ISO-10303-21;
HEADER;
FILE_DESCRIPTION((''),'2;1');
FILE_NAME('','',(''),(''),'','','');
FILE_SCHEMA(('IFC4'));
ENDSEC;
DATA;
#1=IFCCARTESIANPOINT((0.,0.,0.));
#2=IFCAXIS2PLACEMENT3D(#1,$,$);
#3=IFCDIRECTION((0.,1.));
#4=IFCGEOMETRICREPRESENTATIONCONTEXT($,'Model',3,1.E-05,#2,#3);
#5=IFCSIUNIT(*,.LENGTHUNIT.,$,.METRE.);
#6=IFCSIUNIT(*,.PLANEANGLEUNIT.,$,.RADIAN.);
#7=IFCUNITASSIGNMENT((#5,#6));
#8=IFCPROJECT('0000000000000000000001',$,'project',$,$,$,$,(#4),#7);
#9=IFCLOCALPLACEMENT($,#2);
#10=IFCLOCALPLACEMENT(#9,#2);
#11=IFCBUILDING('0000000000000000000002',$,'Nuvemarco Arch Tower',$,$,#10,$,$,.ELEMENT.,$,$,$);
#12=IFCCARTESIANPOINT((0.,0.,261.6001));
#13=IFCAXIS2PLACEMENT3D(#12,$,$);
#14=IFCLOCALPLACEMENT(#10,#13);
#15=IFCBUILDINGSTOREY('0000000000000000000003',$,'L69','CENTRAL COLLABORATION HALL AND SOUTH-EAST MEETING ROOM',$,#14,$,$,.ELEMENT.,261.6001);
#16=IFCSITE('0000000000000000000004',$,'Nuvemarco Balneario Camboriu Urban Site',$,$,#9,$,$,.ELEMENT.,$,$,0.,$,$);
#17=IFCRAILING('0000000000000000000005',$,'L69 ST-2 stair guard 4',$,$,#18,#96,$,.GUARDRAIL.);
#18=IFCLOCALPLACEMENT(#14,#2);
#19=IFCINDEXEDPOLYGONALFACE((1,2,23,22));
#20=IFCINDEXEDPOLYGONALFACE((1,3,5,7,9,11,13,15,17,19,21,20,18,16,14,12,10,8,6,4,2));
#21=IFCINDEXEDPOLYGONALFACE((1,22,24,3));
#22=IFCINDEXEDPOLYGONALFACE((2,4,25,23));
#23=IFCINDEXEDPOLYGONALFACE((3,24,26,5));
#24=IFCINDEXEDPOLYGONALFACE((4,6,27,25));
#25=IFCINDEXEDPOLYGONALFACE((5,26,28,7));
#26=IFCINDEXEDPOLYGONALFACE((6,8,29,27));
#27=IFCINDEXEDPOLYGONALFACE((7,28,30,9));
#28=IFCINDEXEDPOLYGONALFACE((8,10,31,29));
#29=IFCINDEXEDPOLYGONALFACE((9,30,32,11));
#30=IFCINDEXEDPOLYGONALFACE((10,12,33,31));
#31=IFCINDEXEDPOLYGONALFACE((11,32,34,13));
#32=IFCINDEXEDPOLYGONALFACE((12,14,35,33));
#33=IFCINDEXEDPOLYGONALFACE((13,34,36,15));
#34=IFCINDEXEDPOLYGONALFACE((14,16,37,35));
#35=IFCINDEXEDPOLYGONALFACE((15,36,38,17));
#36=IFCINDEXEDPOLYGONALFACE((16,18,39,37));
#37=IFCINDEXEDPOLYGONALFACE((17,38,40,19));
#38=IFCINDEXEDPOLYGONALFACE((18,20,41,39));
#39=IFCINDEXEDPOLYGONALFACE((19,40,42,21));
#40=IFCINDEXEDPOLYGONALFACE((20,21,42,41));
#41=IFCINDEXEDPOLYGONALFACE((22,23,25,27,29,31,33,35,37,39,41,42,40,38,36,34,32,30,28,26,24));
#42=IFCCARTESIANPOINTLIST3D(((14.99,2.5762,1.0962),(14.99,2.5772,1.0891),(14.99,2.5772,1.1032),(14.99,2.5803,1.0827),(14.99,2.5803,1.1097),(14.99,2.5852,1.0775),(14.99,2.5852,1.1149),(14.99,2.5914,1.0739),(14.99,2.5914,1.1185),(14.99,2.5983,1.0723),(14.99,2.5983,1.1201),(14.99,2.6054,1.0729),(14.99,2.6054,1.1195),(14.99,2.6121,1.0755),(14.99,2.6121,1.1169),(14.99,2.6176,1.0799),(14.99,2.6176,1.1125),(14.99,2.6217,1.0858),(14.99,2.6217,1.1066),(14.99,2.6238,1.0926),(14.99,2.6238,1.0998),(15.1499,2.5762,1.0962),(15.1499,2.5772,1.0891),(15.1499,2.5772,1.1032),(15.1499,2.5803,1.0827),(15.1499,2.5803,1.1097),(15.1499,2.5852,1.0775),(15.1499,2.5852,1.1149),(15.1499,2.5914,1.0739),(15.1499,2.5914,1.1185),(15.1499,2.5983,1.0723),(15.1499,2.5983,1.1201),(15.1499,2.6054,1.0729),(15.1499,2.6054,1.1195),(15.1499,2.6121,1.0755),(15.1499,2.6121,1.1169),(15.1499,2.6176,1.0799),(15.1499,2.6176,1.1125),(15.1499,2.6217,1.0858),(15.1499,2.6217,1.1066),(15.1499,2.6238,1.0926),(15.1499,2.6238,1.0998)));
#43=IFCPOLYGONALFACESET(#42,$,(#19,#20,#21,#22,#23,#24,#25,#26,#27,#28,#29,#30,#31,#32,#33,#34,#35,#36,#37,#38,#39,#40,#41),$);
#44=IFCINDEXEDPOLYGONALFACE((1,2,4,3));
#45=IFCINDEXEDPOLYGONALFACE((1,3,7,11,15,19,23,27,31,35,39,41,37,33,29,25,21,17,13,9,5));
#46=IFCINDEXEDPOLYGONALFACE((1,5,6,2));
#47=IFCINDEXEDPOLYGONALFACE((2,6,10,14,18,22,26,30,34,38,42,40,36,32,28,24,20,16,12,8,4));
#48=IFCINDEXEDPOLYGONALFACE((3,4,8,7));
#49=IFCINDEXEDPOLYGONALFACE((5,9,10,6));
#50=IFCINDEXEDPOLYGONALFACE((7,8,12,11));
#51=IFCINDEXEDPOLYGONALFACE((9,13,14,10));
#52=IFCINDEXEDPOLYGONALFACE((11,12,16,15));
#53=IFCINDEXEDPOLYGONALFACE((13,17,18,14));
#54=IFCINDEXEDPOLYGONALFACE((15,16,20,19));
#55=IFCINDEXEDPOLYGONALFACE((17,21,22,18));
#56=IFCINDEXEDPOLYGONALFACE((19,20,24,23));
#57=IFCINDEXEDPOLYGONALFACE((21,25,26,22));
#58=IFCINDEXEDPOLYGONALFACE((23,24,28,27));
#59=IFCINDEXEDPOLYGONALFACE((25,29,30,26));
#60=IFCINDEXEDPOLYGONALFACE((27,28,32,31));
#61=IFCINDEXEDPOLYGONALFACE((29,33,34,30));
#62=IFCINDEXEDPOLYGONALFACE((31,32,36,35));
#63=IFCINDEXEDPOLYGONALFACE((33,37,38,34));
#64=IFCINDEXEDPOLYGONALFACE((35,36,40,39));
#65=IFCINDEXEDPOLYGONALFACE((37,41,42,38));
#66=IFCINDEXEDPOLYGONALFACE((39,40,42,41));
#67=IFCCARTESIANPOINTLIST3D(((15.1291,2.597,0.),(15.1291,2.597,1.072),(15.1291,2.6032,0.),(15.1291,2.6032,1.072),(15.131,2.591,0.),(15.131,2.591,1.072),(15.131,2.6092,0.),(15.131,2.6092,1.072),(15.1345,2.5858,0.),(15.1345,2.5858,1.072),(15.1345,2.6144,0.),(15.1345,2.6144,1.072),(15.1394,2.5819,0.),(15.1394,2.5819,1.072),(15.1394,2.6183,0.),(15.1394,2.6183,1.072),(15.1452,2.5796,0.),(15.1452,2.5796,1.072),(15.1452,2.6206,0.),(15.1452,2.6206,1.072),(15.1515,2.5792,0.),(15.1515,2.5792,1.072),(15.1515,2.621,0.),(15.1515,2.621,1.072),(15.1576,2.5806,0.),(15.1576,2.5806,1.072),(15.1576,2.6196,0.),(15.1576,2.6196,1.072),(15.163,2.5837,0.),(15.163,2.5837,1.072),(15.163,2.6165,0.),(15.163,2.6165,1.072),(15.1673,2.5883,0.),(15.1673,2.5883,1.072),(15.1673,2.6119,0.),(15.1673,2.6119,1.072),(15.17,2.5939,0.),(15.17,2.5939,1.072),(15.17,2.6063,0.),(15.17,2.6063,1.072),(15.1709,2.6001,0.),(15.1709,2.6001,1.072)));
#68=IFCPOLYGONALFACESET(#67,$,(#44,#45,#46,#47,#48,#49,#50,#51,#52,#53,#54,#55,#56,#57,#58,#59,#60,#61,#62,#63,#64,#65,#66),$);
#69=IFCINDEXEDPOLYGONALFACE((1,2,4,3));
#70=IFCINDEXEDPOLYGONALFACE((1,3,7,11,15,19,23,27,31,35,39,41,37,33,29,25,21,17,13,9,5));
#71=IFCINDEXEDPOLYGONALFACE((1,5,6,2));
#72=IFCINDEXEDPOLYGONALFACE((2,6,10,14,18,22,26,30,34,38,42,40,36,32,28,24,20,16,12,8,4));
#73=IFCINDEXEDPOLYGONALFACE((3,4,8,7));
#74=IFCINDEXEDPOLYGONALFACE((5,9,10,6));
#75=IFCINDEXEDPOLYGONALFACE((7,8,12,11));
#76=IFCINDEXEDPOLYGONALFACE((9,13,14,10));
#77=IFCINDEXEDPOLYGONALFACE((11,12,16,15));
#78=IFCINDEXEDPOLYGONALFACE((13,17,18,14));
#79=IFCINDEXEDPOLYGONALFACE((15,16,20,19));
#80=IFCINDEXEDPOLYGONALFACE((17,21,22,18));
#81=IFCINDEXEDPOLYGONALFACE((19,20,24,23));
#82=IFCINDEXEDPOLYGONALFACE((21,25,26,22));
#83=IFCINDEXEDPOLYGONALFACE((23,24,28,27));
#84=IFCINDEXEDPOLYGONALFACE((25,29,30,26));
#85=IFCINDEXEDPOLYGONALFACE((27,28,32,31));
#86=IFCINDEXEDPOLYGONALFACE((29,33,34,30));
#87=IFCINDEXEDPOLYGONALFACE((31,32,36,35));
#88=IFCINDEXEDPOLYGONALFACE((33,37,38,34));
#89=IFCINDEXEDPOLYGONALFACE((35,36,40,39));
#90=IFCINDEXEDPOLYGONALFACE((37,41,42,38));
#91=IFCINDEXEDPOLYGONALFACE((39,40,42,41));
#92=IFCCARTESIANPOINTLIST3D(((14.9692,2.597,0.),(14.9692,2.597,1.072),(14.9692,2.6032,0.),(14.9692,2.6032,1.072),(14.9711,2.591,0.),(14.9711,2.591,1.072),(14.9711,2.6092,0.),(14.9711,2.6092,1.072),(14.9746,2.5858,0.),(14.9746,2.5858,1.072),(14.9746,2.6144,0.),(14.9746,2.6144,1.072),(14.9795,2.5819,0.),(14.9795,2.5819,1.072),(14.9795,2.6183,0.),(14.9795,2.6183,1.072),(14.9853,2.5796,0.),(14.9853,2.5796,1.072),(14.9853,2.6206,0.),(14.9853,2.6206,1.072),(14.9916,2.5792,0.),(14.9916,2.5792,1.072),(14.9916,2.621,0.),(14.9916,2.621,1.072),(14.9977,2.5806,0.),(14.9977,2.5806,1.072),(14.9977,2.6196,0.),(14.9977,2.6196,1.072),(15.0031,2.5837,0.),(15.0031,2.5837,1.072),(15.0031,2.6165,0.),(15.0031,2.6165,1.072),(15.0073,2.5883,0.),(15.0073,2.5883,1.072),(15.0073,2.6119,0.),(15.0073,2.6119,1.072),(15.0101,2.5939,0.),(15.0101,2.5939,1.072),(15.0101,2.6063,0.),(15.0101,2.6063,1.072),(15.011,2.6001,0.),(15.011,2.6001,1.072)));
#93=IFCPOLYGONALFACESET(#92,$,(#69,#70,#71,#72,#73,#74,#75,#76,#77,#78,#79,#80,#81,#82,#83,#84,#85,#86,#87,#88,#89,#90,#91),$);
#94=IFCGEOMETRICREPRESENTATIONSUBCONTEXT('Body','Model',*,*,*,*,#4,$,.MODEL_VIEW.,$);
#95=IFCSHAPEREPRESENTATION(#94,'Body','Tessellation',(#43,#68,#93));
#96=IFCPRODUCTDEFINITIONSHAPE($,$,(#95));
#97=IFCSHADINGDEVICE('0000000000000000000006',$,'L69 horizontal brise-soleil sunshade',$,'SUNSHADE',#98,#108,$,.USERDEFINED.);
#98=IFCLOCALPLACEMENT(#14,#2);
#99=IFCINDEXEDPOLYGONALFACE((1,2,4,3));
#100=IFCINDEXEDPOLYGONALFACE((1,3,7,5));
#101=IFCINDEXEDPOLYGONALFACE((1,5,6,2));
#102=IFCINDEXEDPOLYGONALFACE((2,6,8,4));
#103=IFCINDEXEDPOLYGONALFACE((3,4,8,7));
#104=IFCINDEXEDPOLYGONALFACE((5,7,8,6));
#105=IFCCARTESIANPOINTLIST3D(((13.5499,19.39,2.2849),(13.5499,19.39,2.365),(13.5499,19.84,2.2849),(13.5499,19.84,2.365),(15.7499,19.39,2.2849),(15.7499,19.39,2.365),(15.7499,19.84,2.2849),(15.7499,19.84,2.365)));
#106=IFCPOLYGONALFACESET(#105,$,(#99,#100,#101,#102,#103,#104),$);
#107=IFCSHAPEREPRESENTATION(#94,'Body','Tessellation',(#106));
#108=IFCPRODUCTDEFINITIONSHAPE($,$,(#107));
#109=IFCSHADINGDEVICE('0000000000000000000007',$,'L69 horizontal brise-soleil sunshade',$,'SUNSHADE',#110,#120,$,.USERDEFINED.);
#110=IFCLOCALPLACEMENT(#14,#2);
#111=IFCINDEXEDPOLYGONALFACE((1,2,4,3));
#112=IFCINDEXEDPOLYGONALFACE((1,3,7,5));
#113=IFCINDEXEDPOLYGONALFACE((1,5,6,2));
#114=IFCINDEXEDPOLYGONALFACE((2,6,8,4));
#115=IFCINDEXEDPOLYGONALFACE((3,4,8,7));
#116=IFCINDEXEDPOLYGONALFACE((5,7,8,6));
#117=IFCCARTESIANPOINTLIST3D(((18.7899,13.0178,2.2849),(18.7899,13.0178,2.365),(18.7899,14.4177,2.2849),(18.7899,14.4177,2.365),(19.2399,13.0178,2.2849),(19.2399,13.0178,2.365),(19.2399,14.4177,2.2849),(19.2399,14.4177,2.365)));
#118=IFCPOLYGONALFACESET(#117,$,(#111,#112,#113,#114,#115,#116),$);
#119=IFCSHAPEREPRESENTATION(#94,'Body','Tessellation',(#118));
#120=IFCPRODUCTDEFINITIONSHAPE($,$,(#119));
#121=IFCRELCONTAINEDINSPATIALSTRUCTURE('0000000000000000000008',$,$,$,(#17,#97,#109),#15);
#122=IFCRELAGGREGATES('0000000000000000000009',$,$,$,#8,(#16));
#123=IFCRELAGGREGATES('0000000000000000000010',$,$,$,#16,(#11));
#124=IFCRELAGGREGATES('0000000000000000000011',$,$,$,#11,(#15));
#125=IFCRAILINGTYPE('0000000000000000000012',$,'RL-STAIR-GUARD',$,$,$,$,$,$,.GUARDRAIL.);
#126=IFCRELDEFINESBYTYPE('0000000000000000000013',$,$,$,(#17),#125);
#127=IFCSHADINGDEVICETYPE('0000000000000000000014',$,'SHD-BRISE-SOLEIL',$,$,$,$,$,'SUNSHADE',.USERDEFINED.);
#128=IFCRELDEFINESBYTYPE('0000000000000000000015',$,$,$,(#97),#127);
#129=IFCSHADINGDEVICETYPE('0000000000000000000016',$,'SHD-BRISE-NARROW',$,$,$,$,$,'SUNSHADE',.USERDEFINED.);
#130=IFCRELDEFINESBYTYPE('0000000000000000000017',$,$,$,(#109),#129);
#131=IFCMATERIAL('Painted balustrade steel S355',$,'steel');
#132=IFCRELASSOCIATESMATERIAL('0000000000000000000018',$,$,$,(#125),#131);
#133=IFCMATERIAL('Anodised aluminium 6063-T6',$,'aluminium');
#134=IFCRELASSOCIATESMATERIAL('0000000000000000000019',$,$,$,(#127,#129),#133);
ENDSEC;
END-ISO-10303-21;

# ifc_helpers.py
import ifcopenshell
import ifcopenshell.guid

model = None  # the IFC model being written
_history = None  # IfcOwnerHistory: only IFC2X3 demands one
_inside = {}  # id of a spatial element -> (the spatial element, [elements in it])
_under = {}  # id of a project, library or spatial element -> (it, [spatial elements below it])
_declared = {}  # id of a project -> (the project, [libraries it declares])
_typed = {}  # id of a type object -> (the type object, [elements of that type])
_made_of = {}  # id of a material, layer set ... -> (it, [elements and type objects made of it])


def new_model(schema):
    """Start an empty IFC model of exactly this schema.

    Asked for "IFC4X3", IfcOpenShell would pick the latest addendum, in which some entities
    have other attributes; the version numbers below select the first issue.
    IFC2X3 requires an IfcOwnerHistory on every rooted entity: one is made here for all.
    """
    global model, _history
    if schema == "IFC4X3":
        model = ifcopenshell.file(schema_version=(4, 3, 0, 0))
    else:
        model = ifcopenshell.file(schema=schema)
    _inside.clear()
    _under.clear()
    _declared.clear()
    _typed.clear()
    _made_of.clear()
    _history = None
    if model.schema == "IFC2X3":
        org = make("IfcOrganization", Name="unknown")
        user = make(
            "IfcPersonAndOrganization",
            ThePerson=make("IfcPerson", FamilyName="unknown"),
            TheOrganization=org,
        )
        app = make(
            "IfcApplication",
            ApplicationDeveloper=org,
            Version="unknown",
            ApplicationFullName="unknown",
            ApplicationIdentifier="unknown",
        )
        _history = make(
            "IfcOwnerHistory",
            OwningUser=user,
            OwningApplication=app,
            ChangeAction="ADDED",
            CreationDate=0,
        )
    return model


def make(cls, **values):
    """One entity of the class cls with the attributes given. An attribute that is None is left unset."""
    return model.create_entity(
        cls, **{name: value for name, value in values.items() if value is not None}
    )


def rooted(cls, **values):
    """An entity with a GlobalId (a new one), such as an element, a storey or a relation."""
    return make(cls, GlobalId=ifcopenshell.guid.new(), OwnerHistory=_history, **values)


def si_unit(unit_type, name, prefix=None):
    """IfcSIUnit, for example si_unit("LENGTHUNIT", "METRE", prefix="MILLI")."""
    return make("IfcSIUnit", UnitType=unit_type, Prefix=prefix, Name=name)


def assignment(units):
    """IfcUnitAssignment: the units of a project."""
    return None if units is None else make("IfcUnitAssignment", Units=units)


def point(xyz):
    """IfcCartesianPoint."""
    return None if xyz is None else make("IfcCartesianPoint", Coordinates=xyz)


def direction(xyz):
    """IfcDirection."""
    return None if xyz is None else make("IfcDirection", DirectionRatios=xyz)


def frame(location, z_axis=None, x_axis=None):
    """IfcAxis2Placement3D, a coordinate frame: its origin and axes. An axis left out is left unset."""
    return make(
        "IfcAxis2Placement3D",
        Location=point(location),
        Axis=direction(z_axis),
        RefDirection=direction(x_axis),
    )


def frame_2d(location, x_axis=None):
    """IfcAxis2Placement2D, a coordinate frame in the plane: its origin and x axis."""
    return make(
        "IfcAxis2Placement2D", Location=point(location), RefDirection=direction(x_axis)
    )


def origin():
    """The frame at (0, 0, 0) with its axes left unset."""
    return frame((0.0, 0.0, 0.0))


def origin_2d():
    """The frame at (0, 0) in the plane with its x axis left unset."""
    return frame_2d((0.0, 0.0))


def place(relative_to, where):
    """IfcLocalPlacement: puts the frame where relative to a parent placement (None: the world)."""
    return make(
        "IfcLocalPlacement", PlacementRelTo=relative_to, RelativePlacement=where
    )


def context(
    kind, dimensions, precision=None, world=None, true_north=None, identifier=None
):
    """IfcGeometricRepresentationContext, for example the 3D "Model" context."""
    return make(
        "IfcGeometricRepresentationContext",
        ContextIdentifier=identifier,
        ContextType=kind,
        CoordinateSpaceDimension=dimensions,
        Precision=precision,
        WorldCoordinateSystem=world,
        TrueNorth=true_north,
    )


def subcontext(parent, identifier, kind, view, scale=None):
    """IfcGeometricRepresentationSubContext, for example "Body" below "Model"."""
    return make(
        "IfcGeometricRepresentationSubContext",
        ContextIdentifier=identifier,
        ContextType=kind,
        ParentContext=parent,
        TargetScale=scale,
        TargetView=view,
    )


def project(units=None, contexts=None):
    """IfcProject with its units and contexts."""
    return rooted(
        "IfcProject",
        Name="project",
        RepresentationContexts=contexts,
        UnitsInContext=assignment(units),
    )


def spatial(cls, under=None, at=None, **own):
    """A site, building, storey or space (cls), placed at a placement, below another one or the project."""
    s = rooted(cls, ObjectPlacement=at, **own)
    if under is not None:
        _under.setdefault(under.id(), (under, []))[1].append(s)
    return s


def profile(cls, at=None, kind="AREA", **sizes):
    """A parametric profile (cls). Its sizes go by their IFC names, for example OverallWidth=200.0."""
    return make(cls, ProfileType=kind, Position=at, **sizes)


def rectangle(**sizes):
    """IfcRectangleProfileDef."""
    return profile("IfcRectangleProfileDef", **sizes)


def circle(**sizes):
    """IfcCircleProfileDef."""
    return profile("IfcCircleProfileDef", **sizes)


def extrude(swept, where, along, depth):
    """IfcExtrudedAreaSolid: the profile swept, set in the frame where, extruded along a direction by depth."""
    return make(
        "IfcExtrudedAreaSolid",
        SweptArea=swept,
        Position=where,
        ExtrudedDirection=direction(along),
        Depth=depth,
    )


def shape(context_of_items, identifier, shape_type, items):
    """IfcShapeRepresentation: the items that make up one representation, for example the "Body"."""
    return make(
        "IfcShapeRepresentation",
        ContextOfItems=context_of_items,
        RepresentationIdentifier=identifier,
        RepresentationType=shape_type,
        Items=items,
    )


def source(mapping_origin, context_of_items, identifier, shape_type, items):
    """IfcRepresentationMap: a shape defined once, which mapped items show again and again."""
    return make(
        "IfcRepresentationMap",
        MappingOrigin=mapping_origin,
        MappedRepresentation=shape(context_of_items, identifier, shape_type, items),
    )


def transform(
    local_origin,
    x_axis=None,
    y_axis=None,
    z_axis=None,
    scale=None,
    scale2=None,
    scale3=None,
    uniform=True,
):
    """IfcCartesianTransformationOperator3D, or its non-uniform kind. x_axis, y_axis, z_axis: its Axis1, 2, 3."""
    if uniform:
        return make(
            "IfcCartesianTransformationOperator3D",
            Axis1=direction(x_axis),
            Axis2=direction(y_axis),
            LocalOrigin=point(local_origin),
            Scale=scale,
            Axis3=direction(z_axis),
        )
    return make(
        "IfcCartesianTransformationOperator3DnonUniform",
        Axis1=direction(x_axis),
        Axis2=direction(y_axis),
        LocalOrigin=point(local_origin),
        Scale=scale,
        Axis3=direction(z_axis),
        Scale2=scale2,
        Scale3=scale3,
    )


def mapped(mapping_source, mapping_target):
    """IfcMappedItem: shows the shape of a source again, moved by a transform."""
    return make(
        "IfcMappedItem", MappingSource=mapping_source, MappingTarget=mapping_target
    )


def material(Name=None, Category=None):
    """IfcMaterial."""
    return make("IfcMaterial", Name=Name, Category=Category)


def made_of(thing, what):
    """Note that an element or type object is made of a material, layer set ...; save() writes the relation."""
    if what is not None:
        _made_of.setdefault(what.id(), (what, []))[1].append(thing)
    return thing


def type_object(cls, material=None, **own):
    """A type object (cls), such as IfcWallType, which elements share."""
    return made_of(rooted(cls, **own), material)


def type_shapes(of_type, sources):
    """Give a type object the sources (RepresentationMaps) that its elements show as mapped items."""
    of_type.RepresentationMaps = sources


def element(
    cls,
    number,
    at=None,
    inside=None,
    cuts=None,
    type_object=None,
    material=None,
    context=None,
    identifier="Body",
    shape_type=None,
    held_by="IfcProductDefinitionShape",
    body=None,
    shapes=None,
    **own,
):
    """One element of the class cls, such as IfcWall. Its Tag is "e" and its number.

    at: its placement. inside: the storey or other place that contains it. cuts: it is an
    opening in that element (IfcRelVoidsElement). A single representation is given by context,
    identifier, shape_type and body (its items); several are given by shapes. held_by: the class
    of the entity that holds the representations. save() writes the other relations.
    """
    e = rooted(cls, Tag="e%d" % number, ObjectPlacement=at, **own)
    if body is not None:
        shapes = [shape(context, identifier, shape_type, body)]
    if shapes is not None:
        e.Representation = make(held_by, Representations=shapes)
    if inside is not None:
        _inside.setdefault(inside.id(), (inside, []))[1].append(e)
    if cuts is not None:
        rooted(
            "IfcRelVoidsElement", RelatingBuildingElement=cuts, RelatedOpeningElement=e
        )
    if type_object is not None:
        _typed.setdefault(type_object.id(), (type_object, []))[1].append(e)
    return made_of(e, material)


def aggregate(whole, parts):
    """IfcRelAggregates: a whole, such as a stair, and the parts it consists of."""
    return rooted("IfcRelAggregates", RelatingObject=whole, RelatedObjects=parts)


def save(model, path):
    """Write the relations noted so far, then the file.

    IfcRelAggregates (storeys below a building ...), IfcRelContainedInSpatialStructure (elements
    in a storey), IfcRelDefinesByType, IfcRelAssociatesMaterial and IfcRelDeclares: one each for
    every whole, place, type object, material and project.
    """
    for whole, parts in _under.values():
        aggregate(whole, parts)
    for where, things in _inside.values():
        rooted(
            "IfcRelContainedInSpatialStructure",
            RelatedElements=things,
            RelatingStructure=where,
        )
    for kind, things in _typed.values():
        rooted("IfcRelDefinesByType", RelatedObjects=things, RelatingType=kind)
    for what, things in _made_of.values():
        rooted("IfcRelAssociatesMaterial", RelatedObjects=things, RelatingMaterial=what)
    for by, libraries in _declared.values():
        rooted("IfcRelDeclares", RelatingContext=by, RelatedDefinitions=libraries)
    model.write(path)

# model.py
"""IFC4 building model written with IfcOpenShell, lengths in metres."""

from ifc_helpers import new_model, si_unit, direction, frame, origin, origin_2d, place, context, subcontext, project, spatial, rectangle, circle, extrude, source, transform, mapped, material, type_object, type_shapes, element, save


model = new_model("IFC4")

# Units and contexts
model_context = context("Model", 3, precision=1e-05, world=origin(), true_north=direction((0.0, 1.0)))
body_context = subcontext(model_context, "Body", "Model", "MODEL_VIEW")
ifc_project = project(units=[si_unit("LENGTHUNIT", "METRE"), si_unit("PLANEANGLEUNIT", "RADIAN")], contexts=[model_context])

# Site, building, storey
site_placement = place(None, origin())
site = spatial("IfcSite", under=ifc_project, at=site_placement, Name="Nuvemarco Balneario Camboriu Urban Site", CompositionType="ELEMENT", RefElevation=0.0)
building_placement = place(site_placement, origin())
building = spatial("IfcBuilding", under=site, at=building_placement, Name="Nuvemarco Arch Tower", CompositionType="ELEMENT")
storey_placement = place(building_placement, frame((0.0, 0.0, 261.6001)))
storey = spatial("IfcBuildingStorey", under=building, at=storey_placement, Name="L69", Description="CENTRAL COLLABORATION HALL AND SOUTH-EAST MEETING ROOM", CompositionType="ELEMENT", Elevation=261.6001)

# Railing
ifc_material_1 = material(Name="Painted balustrade steel S355", Category="steel")
railing_type_1 = type_object("IfcRailingType", Name="RL-STAIR-GUARD", PredefinedType="GUARDRAIL", material=ifc_material_1)
railing_1_placement = place(storey_placement, frame((15.1499, 2.6001, 0.0)))
element("IfcRailing", 1, at=railing_1_placement, inside=storey, type_object=railing_type_1, Name="L69 ST-2 stair guard 4", PredefinedType="GUARDRAIL", context=body_context, shape_type="SweptSolid", body=[
    extrude(circle(Radius=0.0239, at=origin_2d()), frame((0.0, 0.0, 1.0962), z_axis=(-1.0, 0.0, 0.0), x_axis=(0.0, -1.0, 0.0)), (0.0, 0.0, 1.0), 0.1599),
    extrude(circle(Radius=0.021, at=origin_2d()), origin(), (0.0, 0.0, 1.0), 1.072),
    extrude(circle(Radius=0.021, at=origin_2d()), frame((-0.1599, 0.0, 0.0)), (0.0, 0.0, 1.0), 1.072),
])

# Shading devices
ifc_material_2 = material(Name="Anodised aluminium 6063-T6", Category="aluminium")
shading_device_type_1 = type_object("IfcShadingDeviceType", Name="SHD-BRISE-SOLEIL", ElementType="SUNSHADE", PredefinedType="USERDEFINED", material=ifc_material_2)
shared_shape_1 = source(origin(), body_context, "Body", "SweptSolid", [
    extrude(rectangle(XDim=2.2, YDim=0.45, at=origin_2d()), origin(), (0.0, 0.0, 1.0), 0.0801),
])
type_shapes(shading_device_type_1, [shared_shape_1])
shading_device_1_placement = place(storey_placement, frame((14.6499, 19.615, 2.2849), z_axis=(0.0, 0.0, 1.0), x_axis=(1.0, 0.0, 0.0)))
element("IfcShadingDevice", 2, at=shading_device_1_placement, inside=storey, type_object=shading_device_type_1, Name="L69 horizontal brise-soleil sunshade", ObjectType="SUNSHADE", PredefinedType="USERDEFINED", context=body_context, shape_type="MappedRepresentation", body=[
    mapped(shared_shape_1, transform((0.0, 0.0, 0.0), scale=1.0)),
])
shading_device_type_2 = type_object("IfcShadingDeviceType", Name="SHD-BRISE-NARROW", ElementType="SUNSHADE", PredefinedType="USERDEFINED", material=ifc_material_2)
shared_shape_2 = source(origin(), body_context, "Body", "SweptSolid", [
    extrude(rectangle(XDim=1.3999, YDim=0.45, at=origin_2d()), origin(), (0.0, 0.0, 1.0), 0.0801),
])
type_shapes(shading_device_type_2, [shared_shape_2])
shading_device_2_placement = place(storey_placement, frame((19.0149, 13.7178, 2.2849), z_axis=(0.0, 0.0, 1.0), x_axis=(0.0, 1.0, 0.0)))
element("IfcShadingDevice", 3, at=shading_device_2_placement, inside=storey, type_object=shading_device_type_2, Name="L69 horizontal brise-soleil sunshade", ObjectType="SUNSHADE", PredefinedType="USERDEFINED", context=body_context, shape_type="MappedRepresentation", body=[
    mapped(shared_shape_2, transform((0.0, 0.0, 0.0), scale=1.0)),
])

save(model, "model.ifc")
